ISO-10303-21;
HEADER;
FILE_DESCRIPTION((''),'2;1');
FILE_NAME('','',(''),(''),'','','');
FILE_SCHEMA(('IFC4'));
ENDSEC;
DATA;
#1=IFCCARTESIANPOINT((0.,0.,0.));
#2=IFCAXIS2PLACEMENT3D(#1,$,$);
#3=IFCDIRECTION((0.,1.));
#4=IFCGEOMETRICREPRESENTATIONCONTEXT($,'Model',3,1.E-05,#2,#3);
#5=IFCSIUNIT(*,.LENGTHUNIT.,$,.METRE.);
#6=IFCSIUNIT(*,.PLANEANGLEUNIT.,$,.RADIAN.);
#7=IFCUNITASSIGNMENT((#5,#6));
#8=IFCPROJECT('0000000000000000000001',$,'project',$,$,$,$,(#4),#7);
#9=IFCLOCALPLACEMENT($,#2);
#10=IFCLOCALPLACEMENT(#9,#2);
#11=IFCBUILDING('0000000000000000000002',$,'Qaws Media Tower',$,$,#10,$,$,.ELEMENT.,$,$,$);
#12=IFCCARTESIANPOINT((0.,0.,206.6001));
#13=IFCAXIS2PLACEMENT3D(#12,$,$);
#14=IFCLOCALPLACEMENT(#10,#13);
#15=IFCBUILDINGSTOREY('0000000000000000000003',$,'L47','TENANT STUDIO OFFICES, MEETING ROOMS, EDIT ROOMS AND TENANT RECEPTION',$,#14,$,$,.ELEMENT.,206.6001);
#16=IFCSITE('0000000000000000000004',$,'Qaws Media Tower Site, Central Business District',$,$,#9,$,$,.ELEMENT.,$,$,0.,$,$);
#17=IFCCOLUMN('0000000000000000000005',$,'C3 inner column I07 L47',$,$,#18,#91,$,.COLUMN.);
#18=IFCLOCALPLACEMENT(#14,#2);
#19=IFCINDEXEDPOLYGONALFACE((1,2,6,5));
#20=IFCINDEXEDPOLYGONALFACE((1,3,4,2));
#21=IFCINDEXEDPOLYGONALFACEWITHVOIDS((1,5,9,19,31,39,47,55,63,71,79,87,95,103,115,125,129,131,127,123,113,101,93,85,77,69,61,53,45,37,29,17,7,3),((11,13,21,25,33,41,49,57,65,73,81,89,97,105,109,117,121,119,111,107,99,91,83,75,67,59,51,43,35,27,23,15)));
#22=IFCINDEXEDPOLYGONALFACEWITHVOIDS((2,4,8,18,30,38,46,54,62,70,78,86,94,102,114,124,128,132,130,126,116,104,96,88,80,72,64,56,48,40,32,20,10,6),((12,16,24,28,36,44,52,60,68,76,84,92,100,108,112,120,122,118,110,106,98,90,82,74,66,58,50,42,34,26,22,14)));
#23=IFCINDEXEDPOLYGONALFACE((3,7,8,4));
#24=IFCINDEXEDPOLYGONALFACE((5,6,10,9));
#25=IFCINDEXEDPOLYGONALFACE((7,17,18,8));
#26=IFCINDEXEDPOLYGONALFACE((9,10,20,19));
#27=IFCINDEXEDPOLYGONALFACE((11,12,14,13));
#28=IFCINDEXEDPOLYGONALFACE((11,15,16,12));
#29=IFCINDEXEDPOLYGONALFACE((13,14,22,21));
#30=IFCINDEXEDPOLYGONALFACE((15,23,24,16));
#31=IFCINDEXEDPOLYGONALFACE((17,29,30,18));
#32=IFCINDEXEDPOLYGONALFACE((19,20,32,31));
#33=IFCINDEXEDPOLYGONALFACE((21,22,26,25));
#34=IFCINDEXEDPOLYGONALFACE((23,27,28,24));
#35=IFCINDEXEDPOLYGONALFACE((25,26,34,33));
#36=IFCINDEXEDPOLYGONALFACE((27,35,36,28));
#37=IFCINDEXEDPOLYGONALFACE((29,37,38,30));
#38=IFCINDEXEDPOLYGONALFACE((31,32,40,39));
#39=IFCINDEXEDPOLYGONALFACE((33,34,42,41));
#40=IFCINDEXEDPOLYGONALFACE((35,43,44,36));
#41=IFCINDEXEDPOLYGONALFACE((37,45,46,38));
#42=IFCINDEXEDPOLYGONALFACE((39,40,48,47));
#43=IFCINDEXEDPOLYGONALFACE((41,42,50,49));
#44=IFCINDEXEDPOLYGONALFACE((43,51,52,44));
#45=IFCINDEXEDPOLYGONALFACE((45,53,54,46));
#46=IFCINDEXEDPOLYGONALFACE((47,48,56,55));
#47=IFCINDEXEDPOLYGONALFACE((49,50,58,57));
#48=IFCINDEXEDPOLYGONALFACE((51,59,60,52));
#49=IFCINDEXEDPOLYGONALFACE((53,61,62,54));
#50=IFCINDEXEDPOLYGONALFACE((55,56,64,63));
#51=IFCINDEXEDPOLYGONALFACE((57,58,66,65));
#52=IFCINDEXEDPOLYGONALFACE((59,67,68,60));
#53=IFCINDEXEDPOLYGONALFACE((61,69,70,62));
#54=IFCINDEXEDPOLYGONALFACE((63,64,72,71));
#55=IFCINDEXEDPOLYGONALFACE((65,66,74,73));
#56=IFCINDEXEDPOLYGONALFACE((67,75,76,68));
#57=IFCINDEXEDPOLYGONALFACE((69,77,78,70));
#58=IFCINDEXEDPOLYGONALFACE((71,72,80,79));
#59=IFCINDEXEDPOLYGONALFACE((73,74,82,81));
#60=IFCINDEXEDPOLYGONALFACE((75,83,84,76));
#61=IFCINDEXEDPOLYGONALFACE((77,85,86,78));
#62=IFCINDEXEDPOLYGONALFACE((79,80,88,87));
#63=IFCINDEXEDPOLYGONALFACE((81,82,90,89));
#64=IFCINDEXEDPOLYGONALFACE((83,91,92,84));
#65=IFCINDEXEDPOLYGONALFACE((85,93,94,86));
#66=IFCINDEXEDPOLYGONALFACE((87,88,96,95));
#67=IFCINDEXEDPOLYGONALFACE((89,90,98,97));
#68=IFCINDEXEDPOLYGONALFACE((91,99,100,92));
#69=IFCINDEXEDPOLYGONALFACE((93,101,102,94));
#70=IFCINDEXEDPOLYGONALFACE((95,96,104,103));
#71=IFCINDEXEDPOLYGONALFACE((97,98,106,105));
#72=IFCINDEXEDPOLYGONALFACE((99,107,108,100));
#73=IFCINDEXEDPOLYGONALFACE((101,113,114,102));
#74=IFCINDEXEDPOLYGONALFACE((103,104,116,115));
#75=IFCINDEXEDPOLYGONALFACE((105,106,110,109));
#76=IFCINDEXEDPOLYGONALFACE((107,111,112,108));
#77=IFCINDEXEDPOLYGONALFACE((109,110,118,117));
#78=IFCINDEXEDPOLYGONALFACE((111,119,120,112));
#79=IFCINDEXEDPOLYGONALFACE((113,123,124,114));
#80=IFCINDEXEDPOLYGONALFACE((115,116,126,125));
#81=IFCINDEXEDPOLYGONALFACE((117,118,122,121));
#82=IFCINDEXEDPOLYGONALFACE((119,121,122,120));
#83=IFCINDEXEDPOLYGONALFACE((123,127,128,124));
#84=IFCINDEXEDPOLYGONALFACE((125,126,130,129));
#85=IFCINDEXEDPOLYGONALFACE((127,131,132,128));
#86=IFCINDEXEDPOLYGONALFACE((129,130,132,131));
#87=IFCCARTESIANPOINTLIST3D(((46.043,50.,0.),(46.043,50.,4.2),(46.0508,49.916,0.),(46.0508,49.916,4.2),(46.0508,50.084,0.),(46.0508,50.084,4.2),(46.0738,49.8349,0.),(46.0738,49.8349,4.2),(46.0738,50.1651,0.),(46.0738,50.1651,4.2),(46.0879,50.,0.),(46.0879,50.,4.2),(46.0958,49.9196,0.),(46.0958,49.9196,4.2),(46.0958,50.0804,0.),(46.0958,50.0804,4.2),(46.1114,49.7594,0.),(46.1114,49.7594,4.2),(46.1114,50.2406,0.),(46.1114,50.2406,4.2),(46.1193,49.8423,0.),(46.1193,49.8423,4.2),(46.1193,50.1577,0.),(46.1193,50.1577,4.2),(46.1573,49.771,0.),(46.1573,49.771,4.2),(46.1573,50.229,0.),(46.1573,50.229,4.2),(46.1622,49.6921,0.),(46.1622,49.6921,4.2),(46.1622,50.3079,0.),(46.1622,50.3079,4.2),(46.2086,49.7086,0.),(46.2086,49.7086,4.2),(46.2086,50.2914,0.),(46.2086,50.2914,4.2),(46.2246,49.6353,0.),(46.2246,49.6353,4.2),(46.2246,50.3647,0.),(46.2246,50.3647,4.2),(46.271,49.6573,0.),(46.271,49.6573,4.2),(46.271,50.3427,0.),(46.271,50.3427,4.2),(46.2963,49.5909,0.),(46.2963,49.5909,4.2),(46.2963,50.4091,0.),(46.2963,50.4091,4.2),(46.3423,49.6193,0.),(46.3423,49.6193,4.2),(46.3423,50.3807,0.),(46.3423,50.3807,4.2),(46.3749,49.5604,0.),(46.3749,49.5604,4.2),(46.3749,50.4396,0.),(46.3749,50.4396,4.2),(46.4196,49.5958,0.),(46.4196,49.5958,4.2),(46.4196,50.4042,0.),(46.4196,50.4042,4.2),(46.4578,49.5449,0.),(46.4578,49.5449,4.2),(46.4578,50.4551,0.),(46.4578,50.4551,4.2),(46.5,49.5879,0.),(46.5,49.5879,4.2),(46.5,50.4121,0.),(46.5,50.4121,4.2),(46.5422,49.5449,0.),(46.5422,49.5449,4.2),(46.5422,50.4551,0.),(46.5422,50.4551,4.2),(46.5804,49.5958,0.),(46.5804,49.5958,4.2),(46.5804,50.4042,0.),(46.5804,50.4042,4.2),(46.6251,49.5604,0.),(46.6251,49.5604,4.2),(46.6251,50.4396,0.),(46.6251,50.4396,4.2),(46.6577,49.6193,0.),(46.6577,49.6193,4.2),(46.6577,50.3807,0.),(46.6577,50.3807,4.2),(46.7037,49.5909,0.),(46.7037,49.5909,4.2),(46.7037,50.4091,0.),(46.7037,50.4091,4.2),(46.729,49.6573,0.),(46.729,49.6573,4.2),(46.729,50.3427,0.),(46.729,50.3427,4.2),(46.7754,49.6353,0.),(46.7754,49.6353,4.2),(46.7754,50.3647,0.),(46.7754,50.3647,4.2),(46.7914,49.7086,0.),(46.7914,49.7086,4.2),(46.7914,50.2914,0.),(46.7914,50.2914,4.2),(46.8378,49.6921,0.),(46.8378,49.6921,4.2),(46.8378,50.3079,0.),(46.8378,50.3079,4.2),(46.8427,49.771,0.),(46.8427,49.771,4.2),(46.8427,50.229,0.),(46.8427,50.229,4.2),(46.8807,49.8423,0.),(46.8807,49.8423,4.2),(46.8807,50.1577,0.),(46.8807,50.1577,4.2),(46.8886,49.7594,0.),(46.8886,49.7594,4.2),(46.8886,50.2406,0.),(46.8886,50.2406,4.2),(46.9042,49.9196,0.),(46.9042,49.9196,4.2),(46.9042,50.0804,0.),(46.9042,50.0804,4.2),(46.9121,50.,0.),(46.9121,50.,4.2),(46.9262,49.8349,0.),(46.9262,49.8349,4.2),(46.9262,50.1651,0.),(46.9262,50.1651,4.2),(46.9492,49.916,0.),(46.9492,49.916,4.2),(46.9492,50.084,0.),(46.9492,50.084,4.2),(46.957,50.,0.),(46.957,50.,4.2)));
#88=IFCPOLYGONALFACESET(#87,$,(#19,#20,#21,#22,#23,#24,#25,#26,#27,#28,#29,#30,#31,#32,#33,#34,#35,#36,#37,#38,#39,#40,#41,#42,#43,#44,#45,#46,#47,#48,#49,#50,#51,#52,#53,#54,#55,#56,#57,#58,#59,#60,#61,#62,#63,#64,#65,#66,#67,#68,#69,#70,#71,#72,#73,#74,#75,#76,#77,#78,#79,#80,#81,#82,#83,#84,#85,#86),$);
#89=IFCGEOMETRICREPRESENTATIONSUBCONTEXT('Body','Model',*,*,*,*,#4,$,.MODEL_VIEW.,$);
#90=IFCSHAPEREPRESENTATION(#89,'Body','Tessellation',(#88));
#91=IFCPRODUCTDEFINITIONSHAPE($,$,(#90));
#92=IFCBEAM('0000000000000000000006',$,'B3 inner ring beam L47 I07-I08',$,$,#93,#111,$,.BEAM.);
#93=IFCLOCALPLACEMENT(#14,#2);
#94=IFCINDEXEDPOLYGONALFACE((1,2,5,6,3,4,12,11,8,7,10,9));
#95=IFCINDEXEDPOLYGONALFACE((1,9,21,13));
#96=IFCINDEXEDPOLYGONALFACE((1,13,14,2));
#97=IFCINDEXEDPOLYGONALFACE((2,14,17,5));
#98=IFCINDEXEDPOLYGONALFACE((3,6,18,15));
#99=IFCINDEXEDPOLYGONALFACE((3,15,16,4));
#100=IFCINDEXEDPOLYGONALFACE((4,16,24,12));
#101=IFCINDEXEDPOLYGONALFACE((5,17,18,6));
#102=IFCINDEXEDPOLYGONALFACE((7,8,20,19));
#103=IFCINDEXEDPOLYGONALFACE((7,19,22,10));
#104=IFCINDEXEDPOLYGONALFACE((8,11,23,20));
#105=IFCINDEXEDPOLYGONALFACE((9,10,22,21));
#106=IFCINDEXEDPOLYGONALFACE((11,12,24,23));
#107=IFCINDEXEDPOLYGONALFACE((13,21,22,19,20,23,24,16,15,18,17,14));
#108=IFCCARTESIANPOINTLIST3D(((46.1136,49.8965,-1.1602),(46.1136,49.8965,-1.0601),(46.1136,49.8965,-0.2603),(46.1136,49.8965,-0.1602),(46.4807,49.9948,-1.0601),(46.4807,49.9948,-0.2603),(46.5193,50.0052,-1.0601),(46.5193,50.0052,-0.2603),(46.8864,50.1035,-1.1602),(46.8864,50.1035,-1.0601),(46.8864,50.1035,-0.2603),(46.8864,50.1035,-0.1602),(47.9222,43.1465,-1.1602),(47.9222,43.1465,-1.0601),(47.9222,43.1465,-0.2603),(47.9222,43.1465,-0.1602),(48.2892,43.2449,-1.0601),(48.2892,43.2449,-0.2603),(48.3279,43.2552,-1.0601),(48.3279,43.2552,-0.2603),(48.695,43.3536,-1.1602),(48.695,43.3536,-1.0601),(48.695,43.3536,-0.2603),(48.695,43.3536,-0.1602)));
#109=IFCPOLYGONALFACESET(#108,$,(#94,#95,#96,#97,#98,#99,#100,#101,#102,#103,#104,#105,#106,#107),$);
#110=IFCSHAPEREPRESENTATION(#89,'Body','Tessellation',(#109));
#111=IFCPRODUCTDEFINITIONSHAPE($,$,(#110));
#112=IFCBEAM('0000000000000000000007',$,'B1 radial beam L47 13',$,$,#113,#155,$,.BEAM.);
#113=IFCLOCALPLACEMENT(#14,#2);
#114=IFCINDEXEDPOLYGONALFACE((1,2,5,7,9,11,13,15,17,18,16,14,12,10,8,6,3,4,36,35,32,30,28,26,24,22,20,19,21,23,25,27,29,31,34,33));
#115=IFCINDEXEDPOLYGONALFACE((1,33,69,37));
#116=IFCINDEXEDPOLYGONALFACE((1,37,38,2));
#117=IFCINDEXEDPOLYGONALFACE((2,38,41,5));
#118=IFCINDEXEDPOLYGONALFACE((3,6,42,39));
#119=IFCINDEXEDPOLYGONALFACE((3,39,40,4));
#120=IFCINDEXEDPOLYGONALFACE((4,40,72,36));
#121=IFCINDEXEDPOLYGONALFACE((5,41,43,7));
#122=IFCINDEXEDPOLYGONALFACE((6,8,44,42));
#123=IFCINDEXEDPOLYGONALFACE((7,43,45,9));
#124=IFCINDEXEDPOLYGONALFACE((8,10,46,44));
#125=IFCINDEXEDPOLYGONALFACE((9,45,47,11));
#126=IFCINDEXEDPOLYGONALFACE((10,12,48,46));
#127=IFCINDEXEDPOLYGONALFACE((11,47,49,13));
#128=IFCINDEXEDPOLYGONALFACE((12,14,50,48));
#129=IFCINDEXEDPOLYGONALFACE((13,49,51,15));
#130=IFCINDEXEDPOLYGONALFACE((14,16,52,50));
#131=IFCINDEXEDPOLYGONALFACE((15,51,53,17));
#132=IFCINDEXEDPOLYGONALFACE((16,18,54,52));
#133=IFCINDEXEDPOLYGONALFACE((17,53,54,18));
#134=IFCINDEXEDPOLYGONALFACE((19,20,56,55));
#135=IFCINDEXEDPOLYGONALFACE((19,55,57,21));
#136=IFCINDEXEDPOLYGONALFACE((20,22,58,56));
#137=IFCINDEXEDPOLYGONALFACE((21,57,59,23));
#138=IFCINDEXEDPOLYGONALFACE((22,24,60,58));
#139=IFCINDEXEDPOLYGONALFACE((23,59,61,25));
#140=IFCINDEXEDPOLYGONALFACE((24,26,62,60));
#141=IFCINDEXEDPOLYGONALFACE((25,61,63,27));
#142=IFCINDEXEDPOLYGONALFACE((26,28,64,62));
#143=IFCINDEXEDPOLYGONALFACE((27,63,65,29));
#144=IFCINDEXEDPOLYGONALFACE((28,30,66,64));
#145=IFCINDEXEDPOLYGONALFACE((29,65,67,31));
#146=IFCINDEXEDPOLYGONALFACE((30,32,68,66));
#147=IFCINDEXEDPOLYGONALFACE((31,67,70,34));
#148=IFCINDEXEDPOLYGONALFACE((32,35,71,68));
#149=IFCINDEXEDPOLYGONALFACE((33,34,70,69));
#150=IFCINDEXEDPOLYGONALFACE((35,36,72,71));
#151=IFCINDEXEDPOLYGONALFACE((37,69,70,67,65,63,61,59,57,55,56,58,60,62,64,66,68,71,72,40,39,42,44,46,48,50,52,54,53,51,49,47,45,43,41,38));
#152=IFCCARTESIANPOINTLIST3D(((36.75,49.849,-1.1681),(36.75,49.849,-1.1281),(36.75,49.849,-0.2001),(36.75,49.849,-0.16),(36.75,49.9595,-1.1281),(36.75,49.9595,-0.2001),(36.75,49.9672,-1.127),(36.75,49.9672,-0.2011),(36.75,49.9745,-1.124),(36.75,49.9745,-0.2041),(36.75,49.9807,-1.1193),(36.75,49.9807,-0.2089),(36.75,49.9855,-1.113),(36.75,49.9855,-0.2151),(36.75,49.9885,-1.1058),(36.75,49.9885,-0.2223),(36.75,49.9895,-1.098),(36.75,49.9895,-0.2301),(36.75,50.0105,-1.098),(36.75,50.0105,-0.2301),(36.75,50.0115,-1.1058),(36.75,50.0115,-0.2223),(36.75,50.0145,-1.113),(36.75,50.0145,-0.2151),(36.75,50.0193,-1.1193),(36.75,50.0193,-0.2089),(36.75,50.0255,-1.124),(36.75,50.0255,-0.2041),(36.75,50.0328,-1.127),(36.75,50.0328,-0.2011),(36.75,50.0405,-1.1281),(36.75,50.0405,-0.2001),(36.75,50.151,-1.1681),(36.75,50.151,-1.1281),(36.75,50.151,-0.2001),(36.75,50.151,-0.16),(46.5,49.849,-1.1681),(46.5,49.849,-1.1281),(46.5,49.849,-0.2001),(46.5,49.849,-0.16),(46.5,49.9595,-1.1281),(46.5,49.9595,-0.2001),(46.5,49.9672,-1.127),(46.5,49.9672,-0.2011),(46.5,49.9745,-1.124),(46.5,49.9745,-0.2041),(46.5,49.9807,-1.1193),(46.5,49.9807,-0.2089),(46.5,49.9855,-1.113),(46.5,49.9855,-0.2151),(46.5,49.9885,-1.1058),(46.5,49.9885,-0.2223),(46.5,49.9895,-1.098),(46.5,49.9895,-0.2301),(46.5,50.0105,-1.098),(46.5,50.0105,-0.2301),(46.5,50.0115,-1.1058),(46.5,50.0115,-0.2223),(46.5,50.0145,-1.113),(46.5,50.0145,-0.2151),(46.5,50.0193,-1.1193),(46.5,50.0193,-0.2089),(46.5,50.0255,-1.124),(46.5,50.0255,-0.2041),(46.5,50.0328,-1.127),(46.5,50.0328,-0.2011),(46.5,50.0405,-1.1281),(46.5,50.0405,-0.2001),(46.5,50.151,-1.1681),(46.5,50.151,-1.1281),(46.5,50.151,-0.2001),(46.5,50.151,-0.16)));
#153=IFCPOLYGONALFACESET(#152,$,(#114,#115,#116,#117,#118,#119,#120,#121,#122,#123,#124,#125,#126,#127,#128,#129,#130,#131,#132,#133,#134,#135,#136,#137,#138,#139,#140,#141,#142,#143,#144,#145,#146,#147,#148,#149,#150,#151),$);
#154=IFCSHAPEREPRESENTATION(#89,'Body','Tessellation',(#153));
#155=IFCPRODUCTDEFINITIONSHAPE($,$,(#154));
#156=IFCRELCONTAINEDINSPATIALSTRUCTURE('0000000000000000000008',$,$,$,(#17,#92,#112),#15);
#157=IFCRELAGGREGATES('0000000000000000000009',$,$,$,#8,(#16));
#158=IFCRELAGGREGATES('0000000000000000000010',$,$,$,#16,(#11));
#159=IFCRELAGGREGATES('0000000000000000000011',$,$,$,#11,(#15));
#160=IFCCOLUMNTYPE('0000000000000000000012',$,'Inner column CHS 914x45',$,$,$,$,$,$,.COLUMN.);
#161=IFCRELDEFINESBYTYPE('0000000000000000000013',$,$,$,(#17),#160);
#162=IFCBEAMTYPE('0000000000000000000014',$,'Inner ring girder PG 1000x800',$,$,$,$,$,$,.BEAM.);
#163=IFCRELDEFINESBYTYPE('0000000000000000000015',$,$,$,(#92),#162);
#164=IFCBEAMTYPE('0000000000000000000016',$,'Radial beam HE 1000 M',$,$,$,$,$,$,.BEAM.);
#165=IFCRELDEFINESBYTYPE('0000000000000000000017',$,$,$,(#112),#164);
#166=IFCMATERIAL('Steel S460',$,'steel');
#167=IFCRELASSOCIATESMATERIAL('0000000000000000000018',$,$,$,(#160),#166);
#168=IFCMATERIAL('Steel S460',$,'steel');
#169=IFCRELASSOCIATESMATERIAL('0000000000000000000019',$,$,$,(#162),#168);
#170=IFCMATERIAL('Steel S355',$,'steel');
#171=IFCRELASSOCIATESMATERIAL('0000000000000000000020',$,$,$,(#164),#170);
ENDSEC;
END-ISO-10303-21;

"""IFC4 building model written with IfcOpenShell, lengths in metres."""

from ifc_helpers import new_model, si_unit, direction, frame, origin, origin_2d, place, context, subcontext, project, spatial, hollow_circle, i_section, extrude, material, material_profile, profile_set, type_object, element, save


model = new_model("IFC4")

# Units and contexts
model_context = context("Model", 3, precision=1e-05, world=origin(), true_north=direction((0.0, 1.0)))
body_context = subcontext(model_context, "Body", "Model", "MODEL_VIEW")
ifc_project = project(units=[si_unit("LENGTHUNIT", "METRE"), si_unit("PLANEANGLEUNIT", "RADIAN")], contexts=[model_context])

# Site, building, storey
site_placement = place(None, origin())
site = spatial("IfcSite", under=ifc_project, at=site_placement, Name="Qaws Media Tower Site, Central Business District", CompositionType="ELEMENT", RefElevation=0.0)
building_placement = place(site_placement, origin())
building = spatial("IfcBuilding", under=site, at=building_placement, Name="Qaws Media Tower", CompositionType="ELEMENT")
storey_placement = place(building_placement, frame((0.0, 0.0, 206.6001)))
storey = spatial("IfcBuildingStorey", under=building, at=storey_placement, Name="L47", Description="TENANT STUDIO OFFICES, MEETING ROOMS, EDIT ROOMS AND TENANT RECEPTION", CompositionType="ELEMENT", Elevation=206.6001)

# Column
ifc_material_1 = material(Name="Steel S460", Category="steel")
ifc_material_profile_1 = material_profile(ifc_material_1, hollow_circle(Radius=0.457, WallThickness=0.0449, at=origin_2d()), Name="CHS 914x45")
ifc_profile_set_1 = profile_set([ifc_material_profile_1], Name="Steel S460")
column_type = type_object("IfcColumnType", Name="Inner column CHS 914x45", PredefinedType="COLUMN", material=ifc_profile_set_1)
column_placement = place(storey_placement, frame((46.5, 50.0, 0.0), z_axis=(0.0, 0.0, 1.0), x_axis=(1.0, 0.0, 0.0)))
element("IfcColumn", 1, at=column_placement, inside=storey, type_object=column_type, Name="C3 inner column I07 L47", PredefinedType="COLUMN", context=body_context, shape_type="SweptSolid", body=[
    extrude(hollow_circle(Radius=0.457, WallThickness=0.0449, at=origin_2d()), origin(), (0.0, 0.0, 1.0), 4.2),
])

# Beams
ifc_material_2 = material(Name="Steel S460", Category="steel")
ifc_material_profile_2 = material_profile(ifc_material_2, i_section(OverallWidth=0.8, OverallDepth=1.0, WebThickness=0.04, FlangeThickness=0.1001, at=origin_2d()), Name="PG 1000x800")
ifc_profile_set_2 = profile_set([ifc_material_profile_2], Name="Steel S460")
beam_type_1 = type_object("IfcBeamType", Name="Inner ring girder PG 1000x800", PredefinedType="BEAM", material=ifc_profile_set_2)
beam_1_placement = place(storey_placement, frame((46.5, 50.0, -0.6602), z_axis=(0.258811, -0.965928, 0.0), x_axis=(0.965928, 0.258811, 0.0)))
element("IfcBeam", 2, at=beam_1_placement, inside=storey, type_object=beam_type_1, Name="B3 inner ring beam L47 I07-I08", PredefinedType="BEAM", context=body_context, shape_type="SweptSolid", body=[
    extrude(i_section(OverallWidth=0.8, OverallDepth=1.0, WebThickness=0.04, FlangeThickness=0.1001, at=origin_2d()), origin(), (0.0, 0.0, 1.0), 6.988),
])
ifc_material_3 = material(Name="Steel S355", Category="steel")
ifc_material_profile_3 = material_profile(ifc_material_3, i_section(OverallWidth=0.302, OverallDepth=1.0081, WebThickness=0.021, FlangeThickness=0.04, FilletRadius=0.03, at=origin_2d()), Name="HE 1000 M")
ifc_profile_set_3 = profile_set([ifc_material_profile_3], Name="Steel S355")
beam_type_2 = type_object("IfcBeamType", Name="Radial beam HE 1000 M", PredefinedType="BEAM", material=ifc_profile_set_3)
beam_2_placement = place(storey_placement, frame((46.5, 50.0, -0.6641), z_axis=(-1.0, 0.0, 0.0), x_axis=(0.0, -1.0, 0.0)))
element("IfcBeam", 3, at=beam_2_placement, inside=storey, type_object=beam_type_2, Name="B1 radial beam L47 13", PredefinedType="BEAM", context=body_context, shape_type="SweptSolid", body=[
    extrude(i_section(OverallWidth=0.302, OverallDepth=1.0081, WebThickness=0.021, FlangeThickness=0.04, FilletRadius=0.03, at=origin_2d()), origin(), (0.0, 0.0, 1.0), 9.75),
])

save(model, "model.ifc")
